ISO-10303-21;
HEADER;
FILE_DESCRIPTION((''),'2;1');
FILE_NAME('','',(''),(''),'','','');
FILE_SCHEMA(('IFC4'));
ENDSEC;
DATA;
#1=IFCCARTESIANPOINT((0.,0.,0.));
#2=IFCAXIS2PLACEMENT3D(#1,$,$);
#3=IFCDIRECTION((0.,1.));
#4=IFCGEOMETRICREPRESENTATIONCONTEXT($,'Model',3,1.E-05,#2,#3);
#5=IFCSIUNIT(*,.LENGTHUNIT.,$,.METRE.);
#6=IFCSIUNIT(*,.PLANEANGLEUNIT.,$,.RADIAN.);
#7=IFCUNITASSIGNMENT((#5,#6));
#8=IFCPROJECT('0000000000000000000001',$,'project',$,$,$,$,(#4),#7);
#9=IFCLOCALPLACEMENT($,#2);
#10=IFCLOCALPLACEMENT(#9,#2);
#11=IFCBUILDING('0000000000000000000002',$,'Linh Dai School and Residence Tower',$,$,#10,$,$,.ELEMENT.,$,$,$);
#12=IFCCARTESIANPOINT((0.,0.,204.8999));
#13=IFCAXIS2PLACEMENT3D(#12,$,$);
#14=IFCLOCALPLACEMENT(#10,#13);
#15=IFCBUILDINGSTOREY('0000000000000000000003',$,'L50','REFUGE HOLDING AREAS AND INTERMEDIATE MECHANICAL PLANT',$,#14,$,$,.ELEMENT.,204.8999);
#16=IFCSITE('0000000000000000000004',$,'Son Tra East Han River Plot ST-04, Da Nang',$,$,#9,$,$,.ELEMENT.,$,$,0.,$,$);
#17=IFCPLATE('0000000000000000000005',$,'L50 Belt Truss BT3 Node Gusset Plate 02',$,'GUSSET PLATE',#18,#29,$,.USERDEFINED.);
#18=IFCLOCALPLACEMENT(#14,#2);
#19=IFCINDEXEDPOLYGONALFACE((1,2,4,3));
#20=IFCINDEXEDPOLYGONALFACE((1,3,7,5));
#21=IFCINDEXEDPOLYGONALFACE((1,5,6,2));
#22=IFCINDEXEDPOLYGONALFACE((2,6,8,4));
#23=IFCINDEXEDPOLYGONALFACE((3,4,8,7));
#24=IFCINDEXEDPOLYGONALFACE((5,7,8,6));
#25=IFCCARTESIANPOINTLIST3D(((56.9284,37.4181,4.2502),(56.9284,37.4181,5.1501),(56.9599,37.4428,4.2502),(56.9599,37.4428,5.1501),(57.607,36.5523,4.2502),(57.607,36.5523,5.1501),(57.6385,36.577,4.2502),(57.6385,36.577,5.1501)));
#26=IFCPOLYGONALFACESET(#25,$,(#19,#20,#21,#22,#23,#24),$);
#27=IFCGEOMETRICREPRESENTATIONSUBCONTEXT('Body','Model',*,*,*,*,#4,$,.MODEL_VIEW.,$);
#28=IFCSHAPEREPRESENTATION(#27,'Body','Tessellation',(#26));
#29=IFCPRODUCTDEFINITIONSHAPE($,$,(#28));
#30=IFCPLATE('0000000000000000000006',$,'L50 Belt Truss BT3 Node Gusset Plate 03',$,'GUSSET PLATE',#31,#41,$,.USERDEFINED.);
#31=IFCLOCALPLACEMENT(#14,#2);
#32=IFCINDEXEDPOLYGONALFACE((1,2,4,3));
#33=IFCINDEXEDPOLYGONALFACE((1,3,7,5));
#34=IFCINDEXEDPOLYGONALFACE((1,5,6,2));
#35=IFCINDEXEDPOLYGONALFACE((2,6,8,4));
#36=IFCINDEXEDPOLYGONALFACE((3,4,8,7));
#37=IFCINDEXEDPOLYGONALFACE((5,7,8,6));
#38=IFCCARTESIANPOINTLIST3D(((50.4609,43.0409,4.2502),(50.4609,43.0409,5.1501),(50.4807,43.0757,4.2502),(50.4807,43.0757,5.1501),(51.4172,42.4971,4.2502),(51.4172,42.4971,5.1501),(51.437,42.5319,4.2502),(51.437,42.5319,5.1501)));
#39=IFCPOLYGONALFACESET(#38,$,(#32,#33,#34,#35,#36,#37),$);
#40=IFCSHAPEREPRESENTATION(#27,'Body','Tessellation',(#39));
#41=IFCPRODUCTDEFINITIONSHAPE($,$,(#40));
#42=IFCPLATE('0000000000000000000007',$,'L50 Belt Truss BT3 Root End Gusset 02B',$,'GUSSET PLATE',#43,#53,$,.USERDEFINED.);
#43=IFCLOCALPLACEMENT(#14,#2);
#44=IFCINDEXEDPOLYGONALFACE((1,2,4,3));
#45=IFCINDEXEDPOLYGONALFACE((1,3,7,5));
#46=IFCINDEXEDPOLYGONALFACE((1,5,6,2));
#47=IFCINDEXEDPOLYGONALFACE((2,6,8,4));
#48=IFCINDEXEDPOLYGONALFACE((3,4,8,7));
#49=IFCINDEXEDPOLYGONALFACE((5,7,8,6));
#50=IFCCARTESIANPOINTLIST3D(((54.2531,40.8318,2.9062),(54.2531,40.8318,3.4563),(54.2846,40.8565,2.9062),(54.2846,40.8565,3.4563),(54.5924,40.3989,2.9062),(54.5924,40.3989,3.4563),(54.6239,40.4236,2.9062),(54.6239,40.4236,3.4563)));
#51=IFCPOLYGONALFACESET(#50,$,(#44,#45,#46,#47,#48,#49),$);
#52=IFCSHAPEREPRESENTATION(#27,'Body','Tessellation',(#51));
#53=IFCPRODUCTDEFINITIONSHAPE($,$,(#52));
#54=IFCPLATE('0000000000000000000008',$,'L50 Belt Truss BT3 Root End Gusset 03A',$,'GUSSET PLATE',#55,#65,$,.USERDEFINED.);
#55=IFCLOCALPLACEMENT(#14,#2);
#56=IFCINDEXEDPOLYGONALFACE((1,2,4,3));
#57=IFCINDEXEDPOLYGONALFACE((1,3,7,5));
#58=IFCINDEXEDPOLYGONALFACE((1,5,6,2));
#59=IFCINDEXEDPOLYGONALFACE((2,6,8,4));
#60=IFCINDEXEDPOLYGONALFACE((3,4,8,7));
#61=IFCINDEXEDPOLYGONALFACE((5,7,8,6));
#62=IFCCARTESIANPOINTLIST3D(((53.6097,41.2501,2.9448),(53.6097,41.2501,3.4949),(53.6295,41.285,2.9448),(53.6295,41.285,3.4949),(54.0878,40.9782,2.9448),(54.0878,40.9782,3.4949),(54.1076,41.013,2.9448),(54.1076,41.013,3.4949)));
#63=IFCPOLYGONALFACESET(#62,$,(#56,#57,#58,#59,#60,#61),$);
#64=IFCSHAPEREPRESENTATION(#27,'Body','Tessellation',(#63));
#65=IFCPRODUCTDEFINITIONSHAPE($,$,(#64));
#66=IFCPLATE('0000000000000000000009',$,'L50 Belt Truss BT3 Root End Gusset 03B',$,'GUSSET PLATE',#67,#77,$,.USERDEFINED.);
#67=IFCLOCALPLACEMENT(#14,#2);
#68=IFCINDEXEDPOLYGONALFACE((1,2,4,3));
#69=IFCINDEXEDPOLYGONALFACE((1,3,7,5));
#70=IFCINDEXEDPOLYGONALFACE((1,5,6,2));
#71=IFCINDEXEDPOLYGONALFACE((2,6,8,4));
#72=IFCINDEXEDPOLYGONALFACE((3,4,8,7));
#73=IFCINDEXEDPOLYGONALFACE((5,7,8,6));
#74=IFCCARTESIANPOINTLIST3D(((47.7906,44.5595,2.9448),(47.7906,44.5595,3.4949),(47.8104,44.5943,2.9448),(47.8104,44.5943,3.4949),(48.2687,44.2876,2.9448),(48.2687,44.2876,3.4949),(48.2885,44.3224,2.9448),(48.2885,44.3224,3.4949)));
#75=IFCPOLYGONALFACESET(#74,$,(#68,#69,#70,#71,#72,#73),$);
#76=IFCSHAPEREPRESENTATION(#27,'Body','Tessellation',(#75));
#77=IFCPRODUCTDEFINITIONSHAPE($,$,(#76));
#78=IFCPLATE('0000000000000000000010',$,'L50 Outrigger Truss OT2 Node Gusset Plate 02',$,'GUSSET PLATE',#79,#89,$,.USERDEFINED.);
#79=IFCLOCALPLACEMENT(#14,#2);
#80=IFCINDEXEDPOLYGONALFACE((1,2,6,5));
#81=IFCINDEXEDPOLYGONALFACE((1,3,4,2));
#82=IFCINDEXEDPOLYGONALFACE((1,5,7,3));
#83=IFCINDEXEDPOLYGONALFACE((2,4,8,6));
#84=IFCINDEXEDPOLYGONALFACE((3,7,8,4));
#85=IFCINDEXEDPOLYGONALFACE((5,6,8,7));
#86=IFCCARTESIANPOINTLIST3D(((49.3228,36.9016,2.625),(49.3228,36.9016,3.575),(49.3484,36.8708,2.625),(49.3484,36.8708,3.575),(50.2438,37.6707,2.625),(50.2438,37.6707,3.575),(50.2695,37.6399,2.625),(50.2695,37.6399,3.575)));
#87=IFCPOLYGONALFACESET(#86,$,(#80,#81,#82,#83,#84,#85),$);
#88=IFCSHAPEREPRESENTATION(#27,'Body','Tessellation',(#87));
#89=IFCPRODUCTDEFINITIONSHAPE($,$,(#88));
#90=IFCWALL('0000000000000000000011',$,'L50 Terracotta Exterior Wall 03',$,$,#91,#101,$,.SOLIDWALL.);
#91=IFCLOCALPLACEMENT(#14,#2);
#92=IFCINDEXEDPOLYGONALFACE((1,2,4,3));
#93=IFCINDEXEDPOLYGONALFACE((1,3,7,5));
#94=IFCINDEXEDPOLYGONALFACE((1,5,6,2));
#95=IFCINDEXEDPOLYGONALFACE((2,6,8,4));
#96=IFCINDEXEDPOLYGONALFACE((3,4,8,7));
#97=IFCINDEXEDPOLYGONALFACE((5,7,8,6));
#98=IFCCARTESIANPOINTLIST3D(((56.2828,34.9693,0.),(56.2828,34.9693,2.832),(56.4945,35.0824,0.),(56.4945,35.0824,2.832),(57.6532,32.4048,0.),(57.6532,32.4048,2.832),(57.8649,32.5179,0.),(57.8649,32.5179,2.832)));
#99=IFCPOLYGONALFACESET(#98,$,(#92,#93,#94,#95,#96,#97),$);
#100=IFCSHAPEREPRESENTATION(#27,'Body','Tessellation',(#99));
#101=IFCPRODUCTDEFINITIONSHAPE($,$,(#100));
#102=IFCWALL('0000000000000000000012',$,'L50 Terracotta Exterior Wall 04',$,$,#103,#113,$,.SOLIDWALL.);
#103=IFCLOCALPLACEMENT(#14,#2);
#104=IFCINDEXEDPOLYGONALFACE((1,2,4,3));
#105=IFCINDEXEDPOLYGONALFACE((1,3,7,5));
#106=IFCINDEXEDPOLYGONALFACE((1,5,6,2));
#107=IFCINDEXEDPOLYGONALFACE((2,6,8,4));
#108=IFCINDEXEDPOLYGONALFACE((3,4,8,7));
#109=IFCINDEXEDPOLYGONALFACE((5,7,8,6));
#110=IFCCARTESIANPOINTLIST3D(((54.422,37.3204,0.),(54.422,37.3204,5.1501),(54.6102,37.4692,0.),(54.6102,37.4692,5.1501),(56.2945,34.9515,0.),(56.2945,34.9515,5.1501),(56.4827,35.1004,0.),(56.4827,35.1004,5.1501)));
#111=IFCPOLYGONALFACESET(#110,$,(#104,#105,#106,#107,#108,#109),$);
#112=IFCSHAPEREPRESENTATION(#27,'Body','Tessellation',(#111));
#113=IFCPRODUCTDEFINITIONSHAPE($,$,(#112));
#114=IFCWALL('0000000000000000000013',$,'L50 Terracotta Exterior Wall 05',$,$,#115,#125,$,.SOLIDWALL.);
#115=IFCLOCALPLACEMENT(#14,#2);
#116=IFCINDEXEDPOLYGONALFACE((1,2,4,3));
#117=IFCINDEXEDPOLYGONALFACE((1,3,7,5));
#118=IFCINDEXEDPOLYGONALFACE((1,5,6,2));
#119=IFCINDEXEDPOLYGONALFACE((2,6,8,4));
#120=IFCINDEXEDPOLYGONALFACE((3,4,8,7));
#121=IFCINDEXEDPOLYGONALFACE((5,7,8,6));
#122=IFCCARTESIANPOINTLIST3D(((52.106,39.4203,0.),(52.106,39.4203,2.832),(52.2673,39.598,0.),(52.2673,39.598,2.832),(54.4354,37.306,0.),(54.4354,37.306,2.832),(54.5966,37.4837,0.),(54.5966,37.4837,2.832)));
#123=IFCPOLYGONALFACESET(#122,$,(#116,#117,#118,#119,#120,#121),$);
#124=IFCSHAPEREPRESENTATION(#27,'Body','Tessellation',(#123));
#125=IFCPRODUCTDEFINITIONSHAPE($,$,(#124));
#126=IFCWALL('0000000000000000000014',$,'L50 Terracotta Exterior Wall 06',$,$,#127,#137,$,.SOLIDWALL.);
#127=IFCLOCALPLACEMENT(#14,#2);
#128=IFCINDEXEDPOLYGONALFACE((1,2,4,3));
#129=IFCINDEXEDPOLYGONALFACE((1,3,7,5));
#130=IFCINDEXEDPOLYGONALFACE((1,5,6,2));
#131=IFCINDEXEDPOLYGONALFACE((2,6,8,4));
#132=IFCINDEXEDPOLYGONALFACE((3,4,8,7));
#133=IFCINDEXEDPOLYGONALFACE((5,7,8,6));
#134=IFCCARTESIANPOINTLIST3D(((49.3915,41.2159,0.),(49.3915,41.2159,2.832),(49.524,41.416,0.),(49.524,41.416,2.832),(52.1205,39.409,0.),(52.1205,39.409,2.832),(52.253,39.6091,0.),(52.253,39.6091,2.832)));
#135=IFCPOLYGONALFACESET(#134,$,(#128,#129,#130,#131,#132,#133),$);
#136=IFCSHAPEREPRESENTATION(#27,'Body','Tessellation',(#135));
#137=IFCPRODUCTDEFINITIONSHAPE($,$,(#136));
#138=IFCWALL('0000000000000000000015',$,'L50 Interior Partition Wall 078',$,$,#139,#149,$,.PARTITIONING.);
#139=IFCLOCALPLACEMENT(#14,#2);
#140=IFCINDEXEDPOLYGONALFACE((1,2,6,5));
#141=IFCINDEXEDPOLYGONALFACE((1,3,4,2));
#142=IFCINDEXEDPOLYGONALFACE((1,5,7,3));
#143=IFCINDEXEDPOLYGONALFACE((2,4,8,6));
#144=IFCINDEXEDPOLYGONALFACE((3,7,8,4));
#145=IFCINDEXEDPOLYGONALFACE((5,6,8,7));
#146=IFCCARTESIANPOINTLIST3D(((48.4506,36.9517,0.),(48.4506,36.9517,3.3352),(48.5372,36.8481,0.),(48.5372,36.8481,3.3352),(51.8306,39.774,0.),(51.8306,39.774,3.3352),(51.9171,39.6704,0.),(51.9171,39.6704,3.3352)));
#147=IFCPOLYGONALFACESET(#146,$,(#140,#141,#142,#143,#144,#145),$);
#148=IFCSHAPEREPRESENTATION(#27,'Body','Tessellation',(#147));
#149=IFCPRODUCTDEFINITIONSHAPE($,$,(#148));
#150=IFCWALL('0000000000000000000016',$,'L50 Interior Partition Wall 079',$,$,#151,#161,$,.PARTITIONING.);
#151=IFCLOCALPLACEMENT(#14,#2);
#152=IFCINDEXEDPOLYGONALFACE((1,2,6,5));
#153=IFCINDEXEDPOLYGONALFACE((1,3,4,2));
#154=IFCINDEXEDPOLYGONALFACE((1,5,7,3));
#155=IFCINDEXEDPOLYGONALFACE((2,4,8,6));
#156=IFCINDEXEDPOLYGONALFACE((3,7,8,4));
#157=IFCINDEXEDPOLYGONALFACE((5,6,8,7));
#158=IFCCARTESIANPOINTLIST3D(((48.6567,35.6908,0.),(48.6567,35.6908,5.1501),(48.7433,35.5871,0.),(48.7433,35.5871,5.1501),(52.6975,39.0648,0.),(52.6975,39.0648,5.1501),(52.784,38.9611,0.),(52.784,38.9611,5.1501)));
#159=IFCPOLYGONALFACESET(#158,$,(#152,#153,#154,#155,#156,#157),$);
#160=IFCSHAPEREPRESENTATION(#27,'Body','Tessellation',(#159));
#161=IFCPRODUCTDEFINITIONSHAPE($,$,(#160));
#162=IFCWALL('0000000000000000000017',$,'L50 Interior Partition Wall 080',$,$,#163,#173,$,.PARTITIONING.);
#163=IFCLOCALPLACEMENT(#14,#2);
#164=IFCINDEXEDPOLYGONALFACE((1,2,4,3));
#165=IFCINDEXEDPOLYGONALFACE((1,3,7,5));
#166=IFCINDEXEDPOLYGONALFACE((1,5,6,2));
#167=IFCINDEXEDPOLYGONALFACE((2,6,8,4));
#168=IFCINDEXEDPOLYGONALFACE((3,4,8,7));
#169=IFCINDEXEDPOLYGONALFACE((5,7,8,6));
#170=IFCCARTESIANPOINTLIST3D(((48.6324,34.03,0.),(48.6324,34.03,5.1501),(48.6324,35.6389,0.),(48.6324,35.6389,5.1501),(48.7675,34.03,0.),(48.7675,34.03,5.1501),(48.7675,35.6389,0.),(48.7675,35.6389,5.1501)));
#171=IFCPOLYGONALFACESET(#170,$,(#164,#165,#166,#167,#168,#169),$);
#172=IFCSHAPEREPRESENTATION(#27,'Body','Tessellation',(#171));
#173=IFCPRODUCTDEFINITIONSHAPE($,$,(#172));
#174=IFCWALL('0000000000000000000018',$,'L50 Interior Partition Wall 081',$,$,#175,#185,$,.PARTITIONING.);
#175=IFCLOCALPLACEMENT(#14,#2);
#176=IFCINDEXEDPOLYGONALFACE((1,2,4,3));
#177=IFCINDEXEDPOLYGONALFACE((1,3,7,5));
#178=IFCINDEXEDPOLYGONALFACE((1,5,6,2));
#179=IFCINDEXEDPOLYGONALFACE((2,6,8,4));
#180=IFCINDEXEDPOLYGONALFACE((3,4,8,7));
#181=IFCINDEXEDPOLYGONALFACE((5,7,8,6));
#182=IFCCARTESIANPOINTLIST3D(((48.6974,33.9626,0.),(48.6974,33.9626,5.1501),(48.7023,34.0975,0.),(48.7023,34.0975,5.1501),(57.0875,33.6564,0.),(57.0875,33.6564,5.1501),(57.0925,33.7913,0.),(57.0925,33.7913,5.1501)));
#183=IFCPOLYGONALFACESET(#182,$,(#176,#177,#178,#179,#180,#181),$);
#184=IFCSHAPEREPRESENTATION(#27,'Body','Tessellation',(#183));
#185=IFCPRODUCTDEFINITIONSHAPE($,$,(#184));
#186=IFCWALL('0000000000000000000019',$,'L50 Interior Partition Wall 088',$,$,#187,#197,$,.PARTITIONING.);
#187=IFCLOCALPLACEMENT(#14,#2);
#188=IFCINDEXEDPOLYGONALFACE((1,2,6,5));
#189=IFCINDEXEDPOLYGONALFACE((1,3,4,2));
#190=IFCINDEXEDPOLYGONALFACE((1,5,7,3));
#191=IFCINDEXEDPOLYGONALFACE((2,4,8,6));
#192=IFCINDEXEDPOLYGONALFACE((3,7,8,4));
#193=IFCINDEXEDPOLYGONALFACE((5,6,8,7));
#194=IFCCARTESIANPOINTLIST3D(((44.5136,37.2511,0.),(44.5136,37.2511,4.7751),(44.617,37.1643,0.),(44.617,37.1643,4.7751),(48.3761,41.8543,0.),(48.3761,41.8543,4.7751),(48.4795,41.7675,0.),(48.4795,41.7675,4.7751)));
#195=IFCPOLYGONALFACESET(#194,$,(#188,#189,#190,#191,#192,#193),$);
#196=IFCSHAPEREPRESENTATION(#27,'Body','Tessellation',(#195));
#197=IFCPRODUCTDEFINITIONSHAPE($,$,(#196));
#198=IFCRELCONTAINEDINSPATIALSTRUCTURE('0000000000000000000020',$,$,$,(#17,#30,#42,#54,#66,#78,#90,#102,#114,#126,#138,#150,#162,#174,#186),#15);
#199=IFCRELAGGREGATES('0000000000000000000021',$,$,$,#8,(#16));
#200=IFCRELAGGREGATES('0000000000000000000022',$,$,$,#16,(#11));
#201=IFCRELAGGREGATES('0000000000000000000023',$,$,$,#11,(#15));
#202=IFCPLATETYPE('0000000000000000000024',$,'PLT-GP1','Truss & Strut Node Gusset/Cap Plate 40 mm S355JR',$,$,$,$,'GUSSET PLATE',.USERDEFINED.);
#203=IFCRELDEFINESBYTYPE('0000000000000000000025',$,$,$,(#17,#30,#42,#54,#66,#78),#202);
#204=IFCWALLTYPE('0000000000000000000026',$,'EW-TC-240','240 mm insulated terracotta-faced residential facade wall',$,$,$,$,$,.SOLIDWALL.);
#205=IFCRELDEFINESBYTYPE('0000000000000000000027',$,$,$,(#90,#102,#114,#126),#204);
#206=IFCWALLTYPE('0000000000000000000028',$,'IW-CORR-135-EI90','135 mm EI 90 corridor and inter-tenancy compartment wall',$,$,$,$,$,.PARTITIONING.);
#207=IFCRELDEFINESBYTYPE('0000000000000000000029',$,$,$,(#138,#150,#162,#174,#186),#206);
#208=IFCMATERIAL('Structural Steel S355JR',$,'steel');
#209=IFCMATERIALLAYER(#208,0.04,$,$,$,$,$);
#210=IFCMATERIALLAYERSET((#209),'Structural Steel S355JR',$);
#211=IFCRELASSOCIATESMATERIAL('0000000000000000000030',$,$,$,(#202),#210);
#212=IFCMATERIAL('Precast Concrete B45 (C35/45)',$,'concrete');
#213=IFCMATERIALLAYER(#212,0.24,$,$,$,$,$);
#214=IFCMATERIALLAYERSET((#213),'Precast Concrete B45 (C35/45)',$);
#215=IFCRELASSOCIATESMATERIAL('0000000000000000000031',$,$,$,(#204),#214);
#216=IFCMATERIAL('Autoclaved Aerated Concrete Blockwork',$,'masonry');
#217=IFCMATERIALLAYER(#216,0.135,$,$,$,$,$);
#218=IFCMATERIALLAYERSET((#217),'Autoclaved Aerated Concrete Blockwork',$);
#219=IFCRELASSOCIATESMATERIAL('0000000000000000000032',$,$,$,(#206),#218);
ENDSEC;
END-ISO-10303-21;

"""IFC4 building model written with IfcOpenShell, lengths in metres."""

from ifc_helpers import new_model, si_unit, direction, frame, frame_2d, origin, origin_2d, place, context, subcontext, project, spatial, rectangle, extrude, source, transform, mapped, material, layer, layer_set, type_object, element, save


model = new_model("IFC4")

# Units and contexts
model_context = context("Model", 3, precision=1e-05, world=origin(), true_north=direction((0.0, 1.0)))
body_context = subcontext(model_context, "Body", "Model", "MODEL_VIEW")
ifc_project = project(units=[si_unit("LENGTHUNIT", "METRE"), si_unit("PLANEANGLEUNIT", "RADIAN")], contexts=[model_context])

# Site, building, storey
site_placement = place(None, origin())
site = spatial("IfcSite", under=ifc_project, at=site_placement, Name="Son Tra East Han River Plot ST-04, Da Nang", CompositionType="ELEMENT", RefElevation=0.0)
building_placement = place(site_placement, origin())
building = spatial("IfcBuilding", under=site, at=building_placement, Name="Linh Dai School and Residence Tower", CompositionType="ELEMENT")
storey_placement = place(building_placement, frame((0.0, 0.0, 204.8999)))
storey = spatial("IfcBuildingStorey", under=building, at=storey_placement, Name="L50", Description="REFUGE HOLDING AREAS AND INTERMEDIATE MECHANICAL PLANT", CompositionType="ELEMENT", Elevation=204.8999)

# Shared definitions
ifc_material_1 = material(Name="Structural Steel S355JR", Category="steel")

# Plates
ifc_layer_1 = layer(ifc_material_1, 0.04)
ifc_layer_set_1 = layer_set([ifc_layer_1], Name="Structural Steel S355JR")
plate_type = type_object("IfcPlateType", Name="PLT-GP1", Description="Truss & Strut Node Gusset/Cap Plate 40 mm S355JR", ElementType="GUSSET PLATE", PredefinedType="USERDEFINED", material=ifc_layer_set_1)
shared_shape_1 = source(origin(), body_context, "Body", "SweptSolid", [
    extrude(rectangle(XDim=1.1001, YDim=0.04, at=origin_2d()), origin(), (0.0, 0.0, 1.0), 0.8999),
])
for number, where, z_axis, x_axis, name in (
    (1, (57.2834, 36.9976, 4.2502), (0.0, 0.0, 1.0), (-0.616843, 0.787087, 0.0), "L50 Belt Truss BT3 Node Gusset Plate 02"),
    (2, (50.949, 42.7864, 4.2502), (0.0, 0.0, 1.0), (-0.869261, 0.494353, 0.0), "L50 Belt Truss BT3 Node Gusset Plate 03"),
):
    element("IfcPlate", number, at=place(storey_placement, frame(where, z_axis=z_axis, x_axis=x_axis)), inside=storey, type_object=plate_type, Name=name, ObjectType="GUSSET PLATE", PredefinedType="USERDEFINED", context=body_context, shape_type="MappedRepresentation", body=[
        mapped(shared_shape_1, transform((0.0, 0.0, 0.0), x_axis=(1.0, 0.0, 0.0), y_axis=(0.0, 1.0, 0.0), z_axis=(0.0, 0.0, 1.0), scale=1.0)),
    ])
shared_shape_2 = source(origin(), body_context, "Body", "SweptSolid", [
    extrude(rectangle(XDim=0.55, YDim=0.04, at=origin_2d()), origin(), (0.0, 0.0, 1.0), 0.55),
])
for number, where, z_axis, x_axis, name in (
    (3, (54.4385, 40.6277, 2.9062), (0.0, 0.0, 1.0), (-0.616843, 0.787087, 0.0), "L50 Belt Truss BT3 Root End Gusset 02B"),
    (4, (53.8586, 41.1316, 2.9448), (0.0, 0.0, 1.0), (-0.869261, 0.494353, 0.0), "L50 Belt Truss BT3 Root End Gusset 03A"),
    (5, (48.0396, 44.4409, 2.9448), (0.0, 0.0, 1.0), (-0.869261, 0.494353, 0.0), "L50 Belt Truss BT3 Root End Gusset 03B"),
):
    element("IfcPlate", number, at=place(storey_placement, frame(where, z_axis=z_axis, x_axis=x_axis)), inside=storey, type_object=plate_type, Name=name, ObjectType="GUSSET PLATE", PredefinedType="USERDEFINED", context=body_context, shape_type="MappedRepresentation", body=[
        mapped(shared_shape_2, transform((0.0, 0.0, 0.0), x_axis=(1.0, 0.0, 0.0), y_axis=(0.0, 1.0, 0.0), z_axis=(0.0, 0.0, 1.0), scale=1.0)),
    ])
shared_shape_3 = source(origin(), body_context, "Body", "SweptSolid", [
    extrude(rectangle(XDim=1.2, YDim=0.04, at=origin_2d()), origin(), (0.0, 0.0, 1.0), 0.95),
])
plate_1_placement = place(storey_placement, frame((49.7961, 37.2708, 2.625), z_axis=(0.0, 0.0, 1.0), x_axis=(0.767593, 0.640938, 0.0)))
element("IfcPlate", 6, at=plate_1_placement, inside=storey, type_object=plate_type, Name="L50 Outrigger Truss OT2 Node Gusset Plate 02", ObjectType="GUSSET PLATE", PredefinedType="USERDEFINED", context=body_context, shape_type="MappedRepresentation", body=[
    mapped(shared_shape_3, transform((0.0, 0.0, 0.0), x_axis=(1.0, 0.0, 0.0), y_axis=(0.0, 1.0, 0.0), z_axis=(0.0, 0.0, 1.0), scale=1.0)),
])

# Walls
ifc_material_2 = material(Name="Precast Concrete B45 (C35/45)", Category="concrete")
ifc_layer_2 = layer(ifc_material_2, 0.24)
ifc_layer_set_2 = layer_set([ifc_layer_2], Name="Precast Concrete B45 (C35/45)")
wall_type_1 = type_object("IfcWallType", Name="EW-TC-240", Description="240 mm insulated terracotta-faced residential facade wall", PredefinedType="SOLIDWALL", material=ifc_layer_set_2)
wall_1_placement = place(storey_placement, frame((56.3887, 35.0259, 0.0), z_axis=(0.0, 0.0, 1.0), x_axis=(0.471298, -0.881974, 0.0)))
element("IfcWall", 7, at=wall_1_placement, inside=storey, type_object=wall_type_1, Name="L50 Terracotta Exterior Wall 03", PredefinedType="SOLIDWALL", context=body_context, shape_type="SweptSolid", body=[
    extrude(rectangle(XDim=2.9077, YDim=0.24, at=frame_2d((1.4539, 0.0))), origin(), (0.0, 0.0, 1.0), 2.832),
])
wall_2_placement = place(storey_placement, frame((54.5161, 37.3948, 0.0), z_axis=(0.0, 0.0, 1.0), x_axis=(0.620129, -0.7845, 0.0)))
element("IfcWall", 8, at=wall_2_placement, inside=storey, type_object=wall_type_1, Name="L50 Terracotta Exterior Wall 04", PredefinedType="SOLIDWALL", context=body_context, shape_type="SweptSolid", body=[
    extrude(rectangle(XDim=3.0195, YDim=0.24, at=frame_2d((1.5098, 0.0))), origin(), (0.0, 0.0, 1.0), 5.1501),
])
wall_3_placement = place(storey_placement, frame((52.1868, 39.509, 0.0), z_axis=(0.0, 0.0, 1.0), x_axis=(0.740467, -0.672093, 0.0)))
element("IfcWall", 9, at=wall_3_placement, inside=storey, type_object=wall_type_1, Name="L50 Terracotta Exterior Wall 05", PredefinedType="SOLIDWALL", context=body_context, shape_type="SweptSolid", body=[
    extrude(rectangle(XDim=3.1458, YDim=0.24, at=frame_2d((1.5728, 0.0))), origin(), (0.0, 0.0, 1.0), 2.832),
])
wall_4_placement = place(storey_placement, frame((49.4578, 41.3159, 0.0), z_axis=(0.0, 0.0, 1.0), x_axis=(0.833802, -0.552064, 0.0)))
element("IfcWall", 10, at=wall_4_placement, inside=storey, type_object=wall_type_1, Name="L50 Terracotta Exterior Wall 06", PredefinedType="SOLIDWALL", context=body_context, shape_type="SweptSolid", body=[
    extrude(rectangle(XDim=3.2729, YDim=0.24, at=frame_2d((1.6365, 0.0))), origin(), (0.0, 0.0, 1.0), 2.832),
])
ifc_material_3 = material(Name="Autoclaved Aerated Concrete Blockwork", Category="masonry")
ifc_layer_3 = layer(ifc_material_3, 0.135)
ifc_layer_set_3 = layer_set([ifc_layer_3], Name="Autoclaved Aerated Concrete Blockwork")
wall_type_2 = type_object("IfcWallType", Name="IW-CORR-135-EI90", Description="135 mm EI 90 corridor and inter-tenancy compartment wall", PredefinedType="PARTITIONING", material=ifc_layer_set_3)
wall_5_placement = place(storey_placement, frame((48.4939, 36.8999, 0.0), z_axis=(0.0, 0.0, 1.0), x_axis=(0.767585, 0.640948, 0.0)))
element("IfcWall", 11, at=wall_5_placement, inside=storey, type_object=wall_type_2, Name="L50 Interior Partition Wall 078", PredefinedType="PARTITIONING", context=body_context, shape_type="SweptSolid", body=[
    extrude(rectangle(XDim=4.4033, YDim=0.135, at=frame_2d((2.2017, 0.0))), origin(), (0.0, 0.0, 1.0), 3.3352),
])
wall_6_placement = place(storey_placement, frame((52.7407, 39.0129, 0.0), z_axis=(0.0, 0.0, 1.0), x_axis=(-0.767594, -0.640937, 0.0)))
element("IfcWall", 12, at=wall_6_placement, inside=storey, type_object=wall_type_2, Name="L50 Interior Partition Wall 079", PredefinedType="PARTITIONING", context=body_context, shape_type="SweptSolid", body=[
    extrude(rectangle(XDim=5.2642, YDim=0.135, at=frame_2d((2.6321, 0.0))), origin(), (0.0, 0.0, 1.0), 5.1501),
])
wall_7_placement = place(storey_placement, frame((48.7, 35.6389, 0.0), z_axis=(0.0, 0.0, 1.0), x_axis=(0.0, -1.0, 0.0)))
element("IfcWall", 13, at=wall_7_placement, inside=storey, type_object=wall_type_2, Name="L50 Interior Partition Wall 080", PredefinedType="PARTITIONING", context=body_context, shape_type="SweptSolid", body=[
    extrude(rectangle(XDim=1.6089, YDim=0.135, at=frame_2d((0.8044, 0.0))), origin(), (0.0, 0.0, 1.0), 5.1501),
])
wall_8_placement = place(storey_placement, frame((48.7, 34.03, 0.0), z_axis=(0.0, 0.0, 1.0), x_axis=(0.999335, -0.036465, 0.0)))
element("IfcWall", 14, at=wall_8_placement, inside=storey, type_object=wall_type_2, Name="L50 Interior Partition Wall 081", PredefinedType="PARTITIONING", context=body_context, shape_type="SweptSolid", body=[
    extrude(rectangle(XDim=8.3958, YDim=0.135, at=frame_2d((4.1978, 0.0))), origin(), (0.0, 0.0, 1.0), 5.1501),
])
wall_9_placement = place(storey_placement, frame((48.4277, 41.8108, 0.0), z_axis=(0.0, 0.0, 1.0), x_axis=(-0.642782, -0.766049, 0.0)))
element("IfcWall", 15, at=wall_9_placement, inside=storey, type_object=wall_type_2, Name="L50 Interior Partition Wall 088", PredefinedType="PARTITIONING", context=body_context, shape_type="SweptSolid", body=[
    extrude(rectangle(XDim=6.009, YDim=0.135, at=frame_2d((3.0044, 0.0))), origin(), (0.0, 0.0, 1.0), 4.7751),
])

save(model, "model.ifc")
